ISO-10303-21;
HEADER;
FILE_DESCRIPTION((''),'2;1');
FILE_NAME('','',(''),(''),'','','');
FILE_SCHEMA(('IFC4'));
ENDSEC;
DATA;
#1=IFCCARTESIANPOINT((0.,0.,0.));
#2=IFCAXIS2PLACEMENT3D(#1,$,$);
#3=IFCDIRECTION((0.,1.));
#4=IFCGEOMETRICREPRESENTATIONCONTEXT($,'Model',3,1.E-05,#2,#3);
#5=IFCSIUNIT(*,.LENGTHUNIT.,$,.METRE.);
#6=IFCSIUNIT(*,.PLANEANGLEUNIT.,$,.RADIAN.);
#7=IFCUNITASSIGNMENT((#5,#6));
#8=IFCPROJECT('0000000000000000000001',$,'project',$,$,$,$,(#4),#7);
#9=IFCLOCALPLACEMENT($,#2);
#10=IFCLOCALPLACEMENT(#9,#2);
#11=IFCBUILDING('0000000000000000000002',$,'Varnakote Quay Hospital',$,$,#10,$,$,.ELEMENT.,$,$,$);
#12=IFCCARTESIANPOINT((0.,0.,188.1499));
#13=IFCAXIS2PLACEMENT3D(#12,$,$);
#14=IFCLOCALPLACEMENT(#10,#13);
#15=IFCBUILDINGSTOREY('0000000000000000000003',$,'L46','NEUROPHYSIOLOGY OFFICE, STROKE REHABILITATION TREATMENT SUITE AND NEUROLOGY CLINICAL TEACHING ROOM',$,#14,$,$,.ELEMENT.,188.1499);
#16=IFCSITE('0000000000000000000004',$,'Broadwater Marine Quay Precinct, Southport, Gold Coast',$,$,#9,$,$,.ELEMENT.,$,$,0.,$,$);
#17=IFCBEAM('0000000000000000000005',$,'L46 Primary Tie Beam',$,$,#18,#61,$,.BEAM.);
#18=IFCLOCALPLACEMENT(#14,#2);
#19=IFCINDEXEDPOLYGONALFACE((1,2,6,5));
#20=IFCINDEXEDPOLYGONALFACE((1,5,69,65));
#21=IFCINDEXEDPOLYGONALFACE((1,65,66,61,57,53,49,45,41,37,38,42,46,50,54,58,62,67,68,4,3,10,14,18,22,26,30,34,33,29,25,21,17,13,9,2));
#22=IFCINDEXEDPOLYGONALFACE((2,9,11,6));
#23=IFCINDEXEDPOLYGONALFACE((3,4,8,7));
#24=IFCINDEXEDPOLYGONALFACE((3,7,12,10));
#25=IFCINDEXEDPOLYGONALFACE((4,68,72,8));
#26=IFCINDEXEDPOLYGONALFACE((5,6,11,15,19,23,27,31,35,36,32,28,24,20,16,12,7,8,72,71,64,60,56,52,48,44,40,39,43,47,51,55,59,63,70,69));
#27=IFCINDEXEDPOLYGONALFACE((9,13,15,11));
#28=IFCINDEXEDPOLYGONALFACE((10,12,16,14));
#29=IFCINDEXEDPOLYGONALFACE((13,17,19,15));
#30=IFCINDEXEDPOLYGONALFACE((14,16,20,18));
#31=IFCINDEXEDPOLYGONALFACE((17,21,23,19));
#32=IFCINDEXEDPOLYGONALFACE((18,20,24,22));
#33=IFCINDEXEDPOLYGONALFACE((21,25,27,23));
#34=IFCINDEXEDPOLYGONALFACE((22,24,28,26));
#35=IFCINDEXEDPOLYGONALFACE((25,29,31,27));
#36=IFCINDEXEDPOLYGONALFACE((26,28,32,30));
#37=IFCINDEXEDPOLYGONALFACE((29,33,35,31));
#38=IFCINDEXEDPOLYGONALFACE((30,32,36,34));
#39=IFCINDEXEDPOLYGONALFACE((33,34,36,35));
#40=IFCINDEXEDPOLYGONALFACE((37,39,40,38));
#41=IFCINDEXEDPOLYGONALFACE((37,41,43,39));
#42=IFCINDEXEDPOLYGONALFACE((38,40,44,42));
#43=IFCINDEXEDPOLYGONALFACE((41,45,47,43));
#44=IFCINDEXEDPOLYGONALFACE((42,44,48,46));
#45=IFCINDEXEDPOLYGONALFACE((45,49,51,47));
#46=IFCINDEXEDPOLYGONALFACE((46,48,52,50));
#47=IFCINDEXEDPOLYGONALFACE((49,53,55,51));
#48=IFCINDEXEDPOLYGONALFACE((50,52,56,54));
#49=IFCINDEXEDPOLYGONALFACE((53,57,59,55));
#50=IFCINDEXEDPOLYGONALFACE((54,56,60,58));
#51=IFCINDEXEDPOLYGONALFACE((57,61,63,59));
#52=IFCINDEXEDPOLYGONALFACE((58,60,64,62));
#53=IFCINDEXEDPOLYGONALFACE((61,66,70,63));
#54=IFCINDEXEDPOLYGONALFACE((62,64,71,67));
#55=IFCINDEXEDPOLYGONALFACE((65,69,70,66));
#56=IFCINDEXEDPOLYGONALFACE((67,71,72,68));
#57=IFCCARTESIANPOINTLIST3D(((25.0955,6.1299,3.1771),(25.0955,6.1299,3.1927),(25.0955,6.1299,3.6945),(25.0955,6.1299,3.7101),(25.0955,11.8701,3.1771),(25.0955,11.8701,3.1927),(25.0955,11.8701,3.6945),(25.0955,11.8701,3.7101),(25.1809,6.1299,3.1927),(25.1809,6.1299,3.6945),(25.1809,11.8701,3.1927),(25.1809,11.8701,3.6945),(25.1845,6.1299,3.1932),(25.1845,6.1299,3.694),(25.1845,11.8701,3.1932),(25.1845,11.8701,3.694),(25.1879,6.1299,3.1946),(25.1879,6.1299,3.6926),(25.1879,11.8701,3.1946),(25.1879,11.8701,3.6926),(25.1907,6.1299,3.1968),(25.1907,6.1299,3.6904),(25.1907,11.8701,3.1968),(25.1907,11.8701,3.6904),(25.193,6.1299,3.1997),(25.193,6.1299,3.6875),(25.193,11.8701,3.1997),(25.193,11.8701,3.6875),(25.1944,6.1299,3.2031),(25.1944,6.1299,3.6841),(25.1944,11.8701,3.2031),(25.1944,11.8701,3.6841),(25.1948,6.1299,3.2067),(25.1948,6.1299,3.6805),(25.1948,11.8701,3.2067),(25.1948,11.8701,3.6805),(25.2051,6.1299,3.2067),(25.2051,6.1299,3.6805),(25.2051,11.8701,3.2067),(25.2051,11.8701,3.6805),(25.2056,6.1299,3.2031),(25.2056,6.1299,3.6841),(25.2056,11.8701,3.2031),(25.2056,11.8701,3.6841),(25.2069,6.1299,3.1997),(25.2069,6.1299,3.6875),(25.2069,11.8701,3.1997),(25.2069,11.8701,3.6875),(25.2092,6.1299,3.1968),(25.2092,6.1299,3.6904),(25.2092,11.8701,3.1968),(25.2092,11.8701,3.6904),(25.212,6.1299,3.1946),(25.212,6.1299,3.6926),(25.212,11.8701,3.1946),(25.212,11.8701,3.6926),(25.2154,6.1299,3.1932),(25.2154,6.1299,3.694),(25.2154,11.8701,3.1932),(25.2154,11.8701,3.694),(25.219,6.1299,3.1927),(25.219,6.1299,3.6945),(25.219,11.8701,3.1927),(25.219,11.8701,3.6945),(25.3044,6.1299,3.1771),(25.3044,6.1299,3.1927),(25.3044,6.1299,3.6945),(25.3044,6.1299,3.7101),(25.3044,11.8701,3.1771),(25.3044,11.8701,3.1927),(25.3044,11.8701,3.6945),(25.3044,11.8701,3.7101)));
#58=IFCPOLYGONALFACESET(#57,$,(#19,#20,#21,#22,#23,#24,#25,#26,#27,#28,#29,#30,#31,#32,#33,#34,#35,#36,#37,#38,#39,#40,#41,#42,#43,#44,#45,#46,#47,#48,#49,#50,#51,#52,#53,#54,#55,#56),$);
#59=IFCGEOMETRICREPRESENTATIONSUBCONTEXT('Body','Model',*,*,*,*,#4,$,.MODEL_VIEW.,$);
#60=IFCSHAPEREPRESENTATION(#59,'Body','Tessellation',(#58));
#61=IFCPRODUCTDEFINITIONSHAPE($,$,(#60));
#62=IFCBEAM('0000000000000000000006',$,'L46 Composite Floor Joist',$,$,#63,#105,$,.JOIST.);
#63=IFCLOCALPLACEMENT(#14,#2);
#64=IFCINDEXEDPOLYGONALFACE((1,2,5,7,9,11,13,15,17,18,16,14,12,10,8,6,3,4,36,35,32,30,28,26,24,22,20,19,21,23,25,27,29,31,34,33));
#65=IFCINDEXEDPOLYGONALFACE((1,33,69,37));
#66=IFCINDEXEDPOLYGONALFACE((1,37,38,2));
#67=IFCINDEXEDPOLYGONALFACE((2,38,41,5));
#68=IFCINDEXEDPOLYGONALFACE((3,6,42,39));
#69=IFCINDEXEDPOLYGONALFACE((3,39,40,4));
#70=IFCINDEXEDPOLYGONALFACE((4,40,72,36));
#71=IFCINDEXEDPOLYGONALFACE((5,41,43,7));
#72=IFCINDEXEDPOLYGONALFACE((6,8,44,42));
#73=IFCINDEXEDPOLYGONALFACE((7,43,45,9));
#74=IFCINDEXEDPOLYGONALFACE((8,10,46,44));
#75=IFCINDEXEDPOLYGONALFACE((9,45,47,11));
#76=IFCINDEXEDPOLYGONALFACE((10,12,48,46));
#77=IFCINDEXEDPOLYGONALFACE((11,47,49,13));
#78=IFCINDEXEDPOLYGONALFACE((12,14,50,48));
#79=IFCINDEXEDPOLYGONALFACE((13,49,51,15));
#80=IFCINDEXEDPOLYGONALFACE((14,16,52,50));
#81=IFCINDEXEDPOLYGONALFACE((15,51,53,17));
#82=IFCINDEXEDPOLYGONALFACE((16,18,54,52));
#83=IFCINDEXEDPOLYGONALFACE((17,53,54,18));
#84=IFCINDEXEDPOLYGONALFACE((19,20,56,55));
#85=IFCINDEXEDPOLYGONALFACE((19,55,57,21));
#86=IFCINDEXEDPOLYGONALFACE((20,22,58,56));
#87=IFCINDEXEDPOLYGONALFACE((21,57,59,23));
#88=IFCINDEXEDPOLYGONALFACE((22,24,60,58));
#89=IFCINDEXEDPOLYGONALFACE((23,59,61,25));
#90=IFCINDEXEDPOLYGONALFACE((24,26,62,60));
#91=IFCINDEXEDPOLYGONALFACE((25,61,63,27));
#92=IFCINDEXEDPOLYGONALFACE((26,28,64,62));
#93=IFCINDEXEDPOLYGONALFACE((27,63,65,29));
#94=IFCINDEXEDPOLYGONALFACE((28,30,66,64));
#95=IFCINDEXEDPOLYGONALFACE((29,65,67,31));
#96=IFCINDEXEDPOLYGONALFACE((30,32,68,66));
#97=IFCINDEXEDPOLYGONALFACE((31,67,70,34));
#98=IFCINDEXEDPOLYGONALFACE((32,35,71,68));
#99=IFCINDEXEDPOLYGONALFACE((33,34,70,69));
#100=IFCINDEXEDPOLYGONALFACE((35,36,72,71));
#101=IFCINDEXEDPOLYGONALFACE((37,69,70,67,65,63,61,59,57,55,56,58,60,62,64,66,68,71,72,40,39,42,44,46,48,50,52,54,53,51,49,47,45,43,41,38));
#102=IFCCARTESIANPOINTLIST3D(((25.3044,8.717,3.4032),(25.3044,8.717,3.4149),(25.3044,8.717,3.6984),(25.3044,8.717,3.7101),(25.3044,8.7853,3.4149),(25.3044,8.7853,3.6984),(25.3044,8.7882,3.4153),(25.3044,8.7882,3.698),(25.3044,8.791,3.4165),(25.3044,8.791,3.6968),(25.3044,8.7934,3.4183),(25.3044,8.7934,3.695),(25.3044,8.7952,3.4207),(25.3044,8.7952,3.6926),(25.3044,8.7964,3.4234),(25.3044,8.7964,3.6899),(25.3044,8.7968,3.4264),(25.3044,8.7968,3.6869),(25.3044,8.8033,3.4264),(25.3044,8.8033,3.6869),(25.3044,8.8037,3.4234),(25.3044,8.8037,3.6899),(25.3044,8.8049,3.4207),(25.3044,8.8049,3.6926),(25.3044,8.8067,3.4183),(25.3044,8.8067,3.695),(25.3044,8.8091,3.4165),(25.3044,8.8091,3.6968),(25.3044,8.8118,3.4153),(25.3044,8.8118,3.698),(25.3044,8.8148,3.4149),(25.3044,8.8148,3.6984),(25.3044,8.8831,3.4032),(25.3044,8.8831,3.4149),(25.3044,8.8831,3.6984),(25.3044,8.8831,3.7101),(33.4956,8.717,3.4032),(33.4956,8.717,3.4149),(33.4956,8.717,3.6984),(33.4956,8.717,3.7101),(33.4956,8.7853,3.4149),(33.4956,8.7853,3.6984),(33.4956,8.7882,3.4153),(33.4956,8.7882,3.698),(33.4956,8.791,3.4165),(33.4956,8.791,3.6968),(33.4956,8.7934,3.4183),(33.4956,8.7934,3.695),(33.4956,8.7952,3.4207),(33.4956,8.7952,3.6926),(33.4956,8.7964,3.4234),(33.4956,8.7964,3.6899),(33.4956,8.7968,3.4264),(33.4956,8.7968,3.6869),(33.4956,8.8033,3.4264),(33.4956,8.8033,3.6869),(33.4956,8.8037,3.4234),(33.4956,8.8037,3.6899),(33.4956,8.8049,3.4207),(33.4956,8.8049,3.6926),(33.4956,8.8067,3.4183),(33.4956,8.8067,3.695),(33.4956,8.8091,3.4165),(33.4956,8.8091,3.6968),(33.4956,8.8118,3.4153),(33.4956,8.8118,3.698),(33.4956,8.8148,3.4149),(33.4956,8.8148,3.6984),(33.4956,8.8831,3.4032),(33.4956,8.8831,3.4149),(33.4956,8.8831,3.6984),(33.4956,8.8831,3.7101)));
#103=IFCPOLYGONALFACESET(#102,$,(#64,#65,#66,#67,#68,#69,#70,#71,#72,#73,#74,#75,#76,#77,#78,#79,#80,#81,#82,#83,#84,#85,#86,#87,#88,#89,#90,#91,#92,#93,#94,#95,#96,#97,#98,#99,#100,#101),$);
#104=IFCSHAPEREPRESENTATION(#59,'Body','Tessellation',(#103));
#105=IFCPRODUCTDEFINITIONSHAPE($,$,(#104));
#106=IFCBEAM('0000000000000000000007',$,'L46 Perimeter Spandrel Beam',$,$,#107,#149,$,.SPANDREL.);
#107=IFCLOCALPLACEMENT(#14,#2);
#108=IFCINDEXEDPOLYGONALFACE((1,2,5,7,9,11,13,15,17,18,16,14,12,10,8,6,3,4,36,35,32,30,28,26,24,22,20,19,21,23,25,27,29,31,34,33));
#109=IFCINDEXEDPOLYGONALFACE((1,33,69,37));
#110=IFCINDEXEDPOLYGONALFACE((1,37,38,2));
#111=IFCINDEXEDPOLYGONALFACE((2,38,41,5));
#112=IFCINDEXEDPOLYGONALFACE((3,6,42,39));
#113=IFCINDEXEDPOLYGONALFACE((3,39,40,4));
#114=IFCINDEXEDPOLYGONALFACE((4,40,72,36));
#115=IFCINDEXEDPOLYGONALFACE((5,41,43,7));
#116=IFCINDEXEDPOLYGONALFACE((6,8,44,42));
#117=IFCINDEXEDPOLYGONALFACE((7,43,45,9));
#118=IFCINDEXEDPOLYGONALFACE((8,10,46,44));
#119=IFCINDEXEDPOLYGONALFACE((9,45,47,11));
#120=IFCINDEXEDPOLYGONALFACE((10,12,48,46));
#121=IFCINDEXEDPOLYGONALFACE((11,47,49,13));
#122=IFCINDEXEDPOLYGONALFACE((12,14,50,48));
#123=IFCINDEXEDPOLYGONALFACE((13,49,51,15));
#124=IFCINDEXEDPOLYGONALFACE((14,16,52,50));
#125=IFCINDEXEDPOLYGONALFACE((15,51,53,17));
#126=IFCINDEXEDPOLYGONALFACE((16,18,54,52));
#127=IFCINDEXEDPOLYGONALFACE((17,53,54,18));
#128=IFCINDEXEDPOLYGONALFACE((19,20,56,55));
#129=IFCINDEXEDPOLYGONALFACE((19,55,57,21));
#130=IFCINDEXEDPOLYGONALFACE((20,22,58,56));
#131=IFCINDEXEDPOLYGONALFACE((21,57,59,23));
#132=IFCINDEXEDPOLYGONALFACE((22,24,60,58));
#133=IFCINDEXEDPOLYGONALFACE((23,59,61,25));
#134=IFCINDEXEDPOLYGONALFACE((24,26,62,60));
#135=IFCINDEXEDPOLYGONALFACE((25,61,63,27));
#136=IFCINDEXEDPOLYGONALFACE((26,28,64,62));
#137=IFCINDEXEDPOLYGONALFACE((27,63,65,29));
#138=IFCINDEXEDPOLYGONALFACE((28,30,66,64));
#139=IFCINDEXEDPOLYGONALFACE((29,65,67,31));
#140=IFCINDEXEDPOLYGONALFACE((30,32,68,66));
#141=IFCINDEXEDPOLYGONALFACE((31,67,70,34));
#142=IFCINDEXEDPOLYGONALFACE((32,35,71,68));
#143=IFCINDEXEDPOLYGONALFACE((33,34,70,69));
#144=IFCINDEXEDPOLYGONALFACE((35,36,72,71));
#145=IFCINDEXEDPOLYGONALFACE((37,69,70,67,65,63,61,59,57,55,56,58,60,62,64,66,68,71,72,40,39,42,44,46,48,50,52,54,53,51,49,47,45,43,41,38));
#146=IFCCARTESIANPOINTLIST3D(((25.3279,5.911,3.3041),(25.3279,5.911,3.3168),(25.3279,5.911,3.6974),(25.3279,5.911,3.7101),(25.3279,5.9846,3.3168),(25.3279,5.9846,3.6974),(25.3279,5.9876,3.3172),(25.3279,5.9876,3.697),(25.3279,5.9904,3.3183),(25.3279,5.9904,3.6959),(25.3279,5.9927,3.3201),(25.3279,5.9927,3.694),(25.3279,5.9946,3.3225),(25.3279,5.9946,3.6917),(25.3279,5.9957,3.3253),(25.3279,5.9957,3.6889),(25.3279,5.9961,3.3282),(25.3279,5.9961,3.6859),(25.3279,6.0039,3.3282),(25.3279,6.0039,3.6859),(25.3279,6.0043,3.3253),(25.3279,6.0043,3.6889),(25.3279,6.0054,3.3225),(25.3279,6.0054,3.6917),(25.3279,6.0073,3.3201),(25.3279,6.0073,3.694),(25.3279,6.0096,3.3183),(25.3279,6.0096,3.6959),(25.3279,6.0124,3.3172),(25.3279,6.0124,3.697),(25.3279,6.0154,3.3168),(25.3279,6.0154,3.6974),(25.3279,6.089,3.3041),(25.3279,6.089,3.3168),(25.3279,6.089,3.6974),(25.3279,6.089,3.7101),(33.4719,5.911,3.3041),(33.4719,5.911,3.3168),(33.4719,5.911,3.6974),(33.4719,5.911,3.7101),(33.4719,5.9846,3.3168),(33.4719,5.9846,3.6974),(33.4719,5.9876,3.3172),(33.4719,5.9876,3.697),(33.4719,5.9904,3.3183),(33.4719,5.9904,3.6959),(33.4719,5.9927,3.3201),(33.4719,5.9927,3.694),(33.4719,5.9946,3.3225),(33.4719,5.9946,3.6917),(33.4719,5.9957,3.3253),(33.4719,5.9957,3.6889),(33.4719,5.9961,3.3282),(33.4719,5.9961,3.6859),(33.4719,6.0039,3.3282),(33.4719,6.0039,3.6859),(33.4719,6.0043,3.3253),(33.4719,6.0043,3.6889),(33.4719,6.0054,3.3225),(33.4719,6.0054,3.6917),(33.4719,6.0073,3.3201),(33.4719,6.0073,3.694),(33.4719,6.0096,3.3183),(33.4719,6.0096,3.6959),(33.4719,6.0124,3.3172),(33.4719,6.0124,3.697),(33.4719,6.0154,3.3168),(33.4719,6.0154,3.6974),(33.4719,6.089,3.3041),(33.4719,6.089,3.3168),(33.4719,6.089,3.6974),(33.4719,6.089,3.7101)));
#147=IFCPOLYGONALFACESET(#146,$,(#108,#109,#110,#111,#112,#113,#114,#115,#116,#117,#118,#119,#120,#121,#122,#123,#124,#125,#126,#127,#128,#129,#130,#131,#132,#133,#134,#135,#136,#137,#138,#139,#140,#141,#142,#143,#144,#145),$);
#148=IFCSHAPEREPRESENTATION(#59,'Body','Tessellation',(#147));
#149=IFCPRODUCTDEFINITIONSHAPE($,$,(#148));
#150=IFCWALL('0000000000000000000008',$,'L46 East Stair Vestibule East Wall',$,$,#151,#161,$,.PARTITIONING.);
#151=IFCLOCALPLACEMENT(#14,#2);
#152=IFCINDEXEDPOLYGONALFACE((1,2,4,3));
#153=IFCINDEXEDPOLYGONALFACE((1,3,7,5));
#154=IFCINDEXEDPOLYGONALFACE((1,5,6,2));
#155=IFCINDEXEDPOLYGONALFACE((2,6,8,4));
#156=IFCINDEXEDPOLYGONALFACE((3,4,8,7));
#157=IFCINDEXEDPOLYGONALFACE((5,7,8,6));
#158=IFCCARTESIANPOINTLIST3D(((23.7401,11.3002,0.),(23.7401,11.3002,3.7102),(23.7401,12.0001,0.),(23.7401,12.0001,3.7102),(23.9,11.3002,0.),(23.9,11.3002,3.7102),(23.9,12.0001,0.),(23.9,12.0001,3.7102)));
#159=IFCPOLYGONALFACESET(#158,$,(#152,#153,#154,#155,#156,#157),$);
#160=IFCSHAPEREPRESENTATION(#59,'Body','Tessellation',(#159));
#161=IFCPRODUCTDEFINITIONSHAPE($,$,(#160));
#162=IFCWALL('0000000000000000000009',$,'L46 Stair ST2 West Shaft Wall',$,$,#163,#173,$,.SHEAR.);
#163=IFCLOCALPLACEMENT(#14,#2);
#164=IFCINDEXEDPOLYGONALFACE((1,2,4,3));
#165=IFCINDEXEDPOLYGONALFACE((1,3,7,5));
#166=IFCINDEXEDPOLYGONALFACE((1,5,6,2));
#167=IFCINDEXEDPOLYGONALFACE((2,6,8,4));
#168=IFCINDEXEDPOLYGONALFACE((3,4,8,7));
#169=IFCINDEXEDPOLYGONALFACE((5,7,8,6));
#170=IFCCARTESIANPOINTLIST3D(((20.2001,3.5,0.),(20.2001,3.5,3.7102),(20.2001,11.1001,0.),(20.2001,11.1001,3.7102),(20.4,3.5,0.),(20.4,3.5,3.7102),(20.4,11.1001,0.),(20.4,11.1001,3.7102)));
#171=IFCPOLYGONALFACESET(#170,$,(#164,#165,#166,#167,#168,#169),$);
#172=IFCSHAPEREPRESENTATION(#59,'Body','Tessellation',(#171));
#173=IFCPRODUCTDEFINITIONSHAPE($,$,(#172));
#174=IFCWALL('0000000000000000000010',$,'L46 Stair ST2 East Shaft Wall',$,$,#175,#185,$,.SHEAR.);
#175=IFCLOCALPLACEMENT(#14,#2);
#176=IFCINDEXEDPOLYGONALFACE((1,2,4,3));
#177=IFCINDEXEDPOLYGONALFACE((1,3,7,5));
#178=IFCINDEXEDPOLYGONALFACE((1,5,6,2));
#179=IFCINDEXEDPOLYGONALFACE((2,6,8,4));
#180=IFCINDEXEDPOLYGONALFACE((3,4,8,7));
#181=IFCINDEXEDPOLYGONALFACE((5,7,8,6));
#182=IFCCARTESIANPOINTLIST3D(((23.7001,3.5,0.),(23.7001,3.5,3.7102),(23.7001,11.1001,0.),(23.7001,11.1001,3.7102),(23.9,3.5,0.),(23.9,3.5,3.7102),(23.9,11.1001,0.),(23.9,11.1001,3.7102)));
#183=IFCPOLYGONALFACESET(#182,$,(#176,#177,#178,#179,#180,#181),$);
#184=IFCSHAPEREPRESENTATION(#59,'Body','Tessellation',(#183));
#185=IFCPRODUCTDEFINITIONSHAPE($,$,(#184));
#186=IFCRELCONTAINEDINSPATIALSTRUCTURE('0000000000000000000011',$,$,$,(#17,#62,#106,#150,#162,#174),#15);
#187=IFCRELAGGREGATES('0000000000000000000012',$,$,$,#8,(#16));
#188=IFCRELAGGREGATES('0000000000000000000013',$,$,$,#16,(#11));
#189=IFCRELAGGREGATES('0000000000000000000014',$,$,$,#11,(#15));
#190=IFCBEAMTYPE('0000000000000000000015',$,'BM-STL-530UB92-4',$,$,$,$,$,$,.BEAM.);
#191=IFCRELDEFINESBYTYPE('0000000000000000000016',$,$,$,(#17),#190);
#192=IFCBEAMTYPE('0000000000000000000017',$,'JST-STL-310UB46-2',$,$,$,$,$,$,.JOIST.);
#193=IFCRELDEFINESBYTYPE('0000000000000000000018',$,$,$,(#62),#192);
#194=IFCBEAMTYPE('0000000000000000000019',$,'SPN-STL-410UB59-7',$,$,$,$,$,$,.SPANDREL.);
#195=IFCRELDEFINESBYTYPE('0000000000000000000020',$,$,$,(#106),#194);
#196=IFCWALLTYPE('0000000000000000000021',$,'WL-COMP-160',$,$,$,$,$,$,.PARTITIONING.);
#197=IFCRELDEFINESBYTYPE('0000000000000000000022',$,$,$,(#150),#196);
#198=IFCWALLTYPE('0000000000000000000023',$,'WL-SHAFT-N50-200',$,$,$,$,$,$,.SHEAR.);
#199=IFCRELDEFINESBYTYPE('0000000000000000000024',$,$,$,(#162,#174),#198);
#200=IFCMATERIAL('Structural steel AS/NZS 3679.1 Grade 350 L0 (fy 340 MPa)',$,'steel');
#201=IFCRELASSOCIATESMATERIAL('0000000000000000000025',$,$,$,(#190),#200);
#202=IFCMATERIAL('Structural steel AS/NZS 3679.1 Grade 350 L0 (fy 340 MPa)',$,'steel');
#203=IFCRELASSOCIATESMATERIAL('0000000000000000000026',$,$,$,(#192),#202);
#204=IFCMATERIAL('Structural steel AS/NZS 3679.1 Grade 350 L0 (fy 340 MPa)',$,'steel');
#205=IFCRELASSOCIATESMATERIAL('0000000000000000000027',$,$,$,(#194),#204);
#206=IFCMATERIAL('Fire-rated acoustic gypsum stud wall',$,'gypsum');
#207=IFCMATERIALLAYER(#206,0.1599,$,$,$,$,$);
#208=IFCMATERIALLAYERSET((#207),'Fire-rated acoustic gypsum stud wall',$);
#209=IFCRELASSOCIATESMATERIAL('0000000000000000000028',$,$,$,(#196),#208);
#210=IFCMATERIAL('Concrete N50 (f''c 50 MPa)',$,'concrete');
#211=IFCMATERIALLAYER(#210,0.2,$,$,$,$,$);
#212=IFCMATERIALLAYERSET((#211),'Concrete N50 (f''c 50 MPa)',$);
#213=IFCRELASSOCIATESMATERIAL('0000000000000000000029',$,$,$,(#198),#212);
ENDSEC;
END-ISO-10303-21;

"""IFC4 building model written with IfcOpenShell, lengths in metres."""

from ifc_helpers import new_model, si_unit, direction, frame, frame_2d, origin, origin_2d, place, context, subcontext, project, spatial, rectangle, i_section, extrude, material, layer, layer_set, material_profile, profile_set, type_object, element, save


model = new_model("IFC4")

# Units and contexts
model_context = context("Model", 3, precision=1e-05, world=origin(), true_north=direction((0.0, 1.0)))
body_context = subcontext(model_context, "Body", "Model", "MODEL_VIEW")
ifc_project = project(units=[si_unit("LENGTHUNIT", "METRE"), si_unit("PLANEANGLEUNIT", "RADIAN")], contexts=[model_context])

# Site, building, storey
site_placement = place(None, origin())
site = spatial("IfcSite", under=ifc_project, at=site_placement, Name="Broadwater Marine Quay Precinct, Southport, Gold Coast", CompositionType="ELEMENT", RefElevation=0.0)
building_placement = place(site_placement, origin())
building = spatial("IfcBuilding", under=site, at=building_placement, Name="Varnakote Quay Hospital", CompositionType="ELEMENT")
storey_placement = place(building_placement, frame((0.0, 0.0, 188.1499)))
storey = spatial("IfcBuildingStorey", under=building, at=storey_placement, Name="L46", Description="NEUROPHYSIOLOGY OFFICE, STROKE REHABILITATION TREATMENT SUITE AND NEUROLOGY CLINICAL TEACHING ROOM", CompositionType="ELEMENT", Elevation=188.1499)

# Beams
ifc_material_1 = material(Name="Structural steel AS/NZS 3679.1 Grade 350 L0 (fy 340 MPa)", Category="steel")
ifc_material_profile_1 = material_profile(ifc_material_1, i_section(OverallWidth=0.209, OverallDepth=0.533, WebThickness=0.0103, FlangeThickness=0.0156, FilletRadius=0.0139, at=origin_2d()), Name="530UB92.4")
ifc_profile_set_1 = profile_set([ifc_material_profile_1], Name="Structural steel AS/NZS 3679.1 Grade 350 L0 (fy 340 MPa)")
beam_type_1 = type_object("IfcBeamType", Name="BM-STL-530UB92-4", PredefinedType="BEAM", material=ifc_profile_set_1)
beam_1_placement = place(storey_placement, frame((25.2, 6.1299, 3.4436), z_axis=(0.0, 1.0, 0.0), x_axis=(-1.0, 0.0, 0.0)))
element("IfcBeam", 1, at=beam_1_placement, inside=storey, type_object=beam_type_1, Name="L46 Primary Tie Beam", PredefinedType="BEAM", context=body_context, shape_type="SweptSolid", body=[
    extrude(i_section(OverallWidth=0.209, OverallDepth=0.533, WebThickness=0.0103, FlangeThickness=0.0156, FilletRadius=0.0139, at=origin_2d()), origin(), (0.0, 0.0, 1.0), 5.7402),
])
ifc_material_2 = material(Name="Structural steel AS/NZS 3679.1 Grade 350 L0 (fy 340 MPa)", Category="steel")
ifc_material_profile_2 = material_profile(ifc_material_2, i_section(OverallWidth=0.166, OverallDepth=0.3069, WebThickness=0.0066, FlangeThickness=0.0117, FilletRadius=0.0115, at=origin_2d()), Name="310UB46.2")
ifc_profile_set_2 = profile_set([ifc_material_profile_2], Name="Structural steel AS/NZS 3679.1 Grade 350 L0 (fy 340 MPa)")
beam_type_2 = type_object("IfcBeamType", Name="JST-STL-310UB46-2", PredefinedType="JOIST", material=ifc_profile_set_2)
beam_2_placement = place(storey_placement, frame((25.3044, 8.8, 3.5566), z_axis=(1.0, 0.0, 0.0), x_axis=(0.0, 1.0, 0.0)))
element("IfcBeam", 2, at=beam_2_placement, inside=storey, type_object=beam_type_2, Name="L46 Composite Floor Joist", PredefinedType="JOIST", context=body_context, shape_type="SweptSolid", body=[
    extrude(i_section(OverallWidth=0.166, OverallDepth=0.3069, WebThickness=0.0066, FlangeThickness=0.0117, FilletRadius=0.0115, at=origin_2d()), origin(), (0.0, 0.0, 1.0), 8.1912),
])
ifc_material_3 = material(Name="Structural steel AS/NZS 3679.1 Grade 350 L0 (fy 340 MPa)", Category="steel")
ifc_material_profile_3 = material_profile(ifc_material_3, i_section(OverallWidth=0.178, OverallDepth=0.406, WebThickness=0.0078, FlangeThickness=0.0127, FilletRadius=0.0115, at=origin_2d()), Name="410UB59.7")
ifc_profile_set_3 = profile_set([ifc_material_profile_3], Name="Structural steel AS/NZS 3679.1 Grade 350 L0 (fy 340 MPa)")
beam_type_3 = type_object("IfcBeamType", Name="SPN-STL-410UB59-7", PredefinedType="SPANDREL", material=ifc_profile_set_3)
beam_3_placement = place(storey_placement, frame((25.3279, 6.0, 3.5071), z_axis=(1.0, 0.0, 0.0), x_axis=(0.0, 1.0, 0.0)))
element("IfcBeam", 3, at=beam_3_placement, inside=storey, type_object=beam_type_3, Name="L46 Perimeter Spandrel Beam", PredefinedType="SPANDREL", context=body_context, shape_type="SweptSolid", body=[
    extrude(i_section(OverallWidth=0.178, OverallDepth=0.406, WebThickness=0.0078, FlangeThickness=0.0127, FilletRadius=0.0115, at=origin_2d()), origin(), (0.0, 0.0, 1.0), 8.144),
])

# Walls
ifc_material_4 = material(Name="Fire-rated acoustic gypsum stud wall", Category="gypsum")
ifc_layer_1 = layer(ifc_material_4, 0.1599)
ifc_layer_set_1 = layer_set([ifc_layer_1], Name="Fire-rated acoustic gypsum stud wall")
wall_type_1 = type_object("IfcWallType", Name="WL-COMP-160", PredefinedType="PARTITIONING", material=ifc_layer_set_1)
wall_placement = place(storey_placement, frame((23.8201, 11.3, 0.0), z_axis=(0.0, 0.0, 1.0), x_axis=(0.0, 1.0, 0.0)))
element("IfcWall", 4, at=wall_placement, inside=storey, type_object=wall_type_1, Name="L46 East Stair Vestibule East Wall", PredefinedType="PARTITIONING", context=body_context, shape_type="SweptSolid", body=[
    extrude(rectangle(XDim=0.7, YDim=0.1599, at=frame_2d((0.3501, 0.0))), origin(), (0.0, 0.0, 1.0), 3.7102),
])
ifc_material_5 = material(Name="Concrete N50 (f'c 50 MPa)", Category="concrete")
ifc_layer_2 = layer(ifc_material_5, 0.2)
ifc_layer_set_2 = layer_set([ifc_layer_2], Name="Concrete N50 (f'c 50 MPa)")
wall_type_2 = type_object("IfcWallType", Name="WL-SHAFT-N50-200", PredefinedType="SHEAR", material=ifc_layer_set_2)
for number, where, z_axis, x_axis, name in (
    (5, (20.3, 3.5, 0.0), (0.0, 0.0, 1.0), (0.0, 1.0, 0.0), "L46 Stair ST2 West Shaft Wall"),
    (6, (23.8, 3.5, 0.0), (0.0, 0.0, 1.0), (0.0, 1.0, 0.0), "L46 Stair ST2 East Shaft Wall"),
):
    element("IfcWall", number, at=place(storey_placement, frame(where, z_axis=z_axis, x_axis=x_axis)), inside=storey, type_object=wall_type_2, Name=name, PredefinedType="SHEAR", context=body_context, shape_type="SweptSolid", body=[
        extrude(rectangle(XDim=7.6001, YDim=0.2, at=frame_2d((3.8, 0.0))), origin(), (0.0, 0.0, 1.0), 3.7102),
    ])

save(model, "model.ifc")
